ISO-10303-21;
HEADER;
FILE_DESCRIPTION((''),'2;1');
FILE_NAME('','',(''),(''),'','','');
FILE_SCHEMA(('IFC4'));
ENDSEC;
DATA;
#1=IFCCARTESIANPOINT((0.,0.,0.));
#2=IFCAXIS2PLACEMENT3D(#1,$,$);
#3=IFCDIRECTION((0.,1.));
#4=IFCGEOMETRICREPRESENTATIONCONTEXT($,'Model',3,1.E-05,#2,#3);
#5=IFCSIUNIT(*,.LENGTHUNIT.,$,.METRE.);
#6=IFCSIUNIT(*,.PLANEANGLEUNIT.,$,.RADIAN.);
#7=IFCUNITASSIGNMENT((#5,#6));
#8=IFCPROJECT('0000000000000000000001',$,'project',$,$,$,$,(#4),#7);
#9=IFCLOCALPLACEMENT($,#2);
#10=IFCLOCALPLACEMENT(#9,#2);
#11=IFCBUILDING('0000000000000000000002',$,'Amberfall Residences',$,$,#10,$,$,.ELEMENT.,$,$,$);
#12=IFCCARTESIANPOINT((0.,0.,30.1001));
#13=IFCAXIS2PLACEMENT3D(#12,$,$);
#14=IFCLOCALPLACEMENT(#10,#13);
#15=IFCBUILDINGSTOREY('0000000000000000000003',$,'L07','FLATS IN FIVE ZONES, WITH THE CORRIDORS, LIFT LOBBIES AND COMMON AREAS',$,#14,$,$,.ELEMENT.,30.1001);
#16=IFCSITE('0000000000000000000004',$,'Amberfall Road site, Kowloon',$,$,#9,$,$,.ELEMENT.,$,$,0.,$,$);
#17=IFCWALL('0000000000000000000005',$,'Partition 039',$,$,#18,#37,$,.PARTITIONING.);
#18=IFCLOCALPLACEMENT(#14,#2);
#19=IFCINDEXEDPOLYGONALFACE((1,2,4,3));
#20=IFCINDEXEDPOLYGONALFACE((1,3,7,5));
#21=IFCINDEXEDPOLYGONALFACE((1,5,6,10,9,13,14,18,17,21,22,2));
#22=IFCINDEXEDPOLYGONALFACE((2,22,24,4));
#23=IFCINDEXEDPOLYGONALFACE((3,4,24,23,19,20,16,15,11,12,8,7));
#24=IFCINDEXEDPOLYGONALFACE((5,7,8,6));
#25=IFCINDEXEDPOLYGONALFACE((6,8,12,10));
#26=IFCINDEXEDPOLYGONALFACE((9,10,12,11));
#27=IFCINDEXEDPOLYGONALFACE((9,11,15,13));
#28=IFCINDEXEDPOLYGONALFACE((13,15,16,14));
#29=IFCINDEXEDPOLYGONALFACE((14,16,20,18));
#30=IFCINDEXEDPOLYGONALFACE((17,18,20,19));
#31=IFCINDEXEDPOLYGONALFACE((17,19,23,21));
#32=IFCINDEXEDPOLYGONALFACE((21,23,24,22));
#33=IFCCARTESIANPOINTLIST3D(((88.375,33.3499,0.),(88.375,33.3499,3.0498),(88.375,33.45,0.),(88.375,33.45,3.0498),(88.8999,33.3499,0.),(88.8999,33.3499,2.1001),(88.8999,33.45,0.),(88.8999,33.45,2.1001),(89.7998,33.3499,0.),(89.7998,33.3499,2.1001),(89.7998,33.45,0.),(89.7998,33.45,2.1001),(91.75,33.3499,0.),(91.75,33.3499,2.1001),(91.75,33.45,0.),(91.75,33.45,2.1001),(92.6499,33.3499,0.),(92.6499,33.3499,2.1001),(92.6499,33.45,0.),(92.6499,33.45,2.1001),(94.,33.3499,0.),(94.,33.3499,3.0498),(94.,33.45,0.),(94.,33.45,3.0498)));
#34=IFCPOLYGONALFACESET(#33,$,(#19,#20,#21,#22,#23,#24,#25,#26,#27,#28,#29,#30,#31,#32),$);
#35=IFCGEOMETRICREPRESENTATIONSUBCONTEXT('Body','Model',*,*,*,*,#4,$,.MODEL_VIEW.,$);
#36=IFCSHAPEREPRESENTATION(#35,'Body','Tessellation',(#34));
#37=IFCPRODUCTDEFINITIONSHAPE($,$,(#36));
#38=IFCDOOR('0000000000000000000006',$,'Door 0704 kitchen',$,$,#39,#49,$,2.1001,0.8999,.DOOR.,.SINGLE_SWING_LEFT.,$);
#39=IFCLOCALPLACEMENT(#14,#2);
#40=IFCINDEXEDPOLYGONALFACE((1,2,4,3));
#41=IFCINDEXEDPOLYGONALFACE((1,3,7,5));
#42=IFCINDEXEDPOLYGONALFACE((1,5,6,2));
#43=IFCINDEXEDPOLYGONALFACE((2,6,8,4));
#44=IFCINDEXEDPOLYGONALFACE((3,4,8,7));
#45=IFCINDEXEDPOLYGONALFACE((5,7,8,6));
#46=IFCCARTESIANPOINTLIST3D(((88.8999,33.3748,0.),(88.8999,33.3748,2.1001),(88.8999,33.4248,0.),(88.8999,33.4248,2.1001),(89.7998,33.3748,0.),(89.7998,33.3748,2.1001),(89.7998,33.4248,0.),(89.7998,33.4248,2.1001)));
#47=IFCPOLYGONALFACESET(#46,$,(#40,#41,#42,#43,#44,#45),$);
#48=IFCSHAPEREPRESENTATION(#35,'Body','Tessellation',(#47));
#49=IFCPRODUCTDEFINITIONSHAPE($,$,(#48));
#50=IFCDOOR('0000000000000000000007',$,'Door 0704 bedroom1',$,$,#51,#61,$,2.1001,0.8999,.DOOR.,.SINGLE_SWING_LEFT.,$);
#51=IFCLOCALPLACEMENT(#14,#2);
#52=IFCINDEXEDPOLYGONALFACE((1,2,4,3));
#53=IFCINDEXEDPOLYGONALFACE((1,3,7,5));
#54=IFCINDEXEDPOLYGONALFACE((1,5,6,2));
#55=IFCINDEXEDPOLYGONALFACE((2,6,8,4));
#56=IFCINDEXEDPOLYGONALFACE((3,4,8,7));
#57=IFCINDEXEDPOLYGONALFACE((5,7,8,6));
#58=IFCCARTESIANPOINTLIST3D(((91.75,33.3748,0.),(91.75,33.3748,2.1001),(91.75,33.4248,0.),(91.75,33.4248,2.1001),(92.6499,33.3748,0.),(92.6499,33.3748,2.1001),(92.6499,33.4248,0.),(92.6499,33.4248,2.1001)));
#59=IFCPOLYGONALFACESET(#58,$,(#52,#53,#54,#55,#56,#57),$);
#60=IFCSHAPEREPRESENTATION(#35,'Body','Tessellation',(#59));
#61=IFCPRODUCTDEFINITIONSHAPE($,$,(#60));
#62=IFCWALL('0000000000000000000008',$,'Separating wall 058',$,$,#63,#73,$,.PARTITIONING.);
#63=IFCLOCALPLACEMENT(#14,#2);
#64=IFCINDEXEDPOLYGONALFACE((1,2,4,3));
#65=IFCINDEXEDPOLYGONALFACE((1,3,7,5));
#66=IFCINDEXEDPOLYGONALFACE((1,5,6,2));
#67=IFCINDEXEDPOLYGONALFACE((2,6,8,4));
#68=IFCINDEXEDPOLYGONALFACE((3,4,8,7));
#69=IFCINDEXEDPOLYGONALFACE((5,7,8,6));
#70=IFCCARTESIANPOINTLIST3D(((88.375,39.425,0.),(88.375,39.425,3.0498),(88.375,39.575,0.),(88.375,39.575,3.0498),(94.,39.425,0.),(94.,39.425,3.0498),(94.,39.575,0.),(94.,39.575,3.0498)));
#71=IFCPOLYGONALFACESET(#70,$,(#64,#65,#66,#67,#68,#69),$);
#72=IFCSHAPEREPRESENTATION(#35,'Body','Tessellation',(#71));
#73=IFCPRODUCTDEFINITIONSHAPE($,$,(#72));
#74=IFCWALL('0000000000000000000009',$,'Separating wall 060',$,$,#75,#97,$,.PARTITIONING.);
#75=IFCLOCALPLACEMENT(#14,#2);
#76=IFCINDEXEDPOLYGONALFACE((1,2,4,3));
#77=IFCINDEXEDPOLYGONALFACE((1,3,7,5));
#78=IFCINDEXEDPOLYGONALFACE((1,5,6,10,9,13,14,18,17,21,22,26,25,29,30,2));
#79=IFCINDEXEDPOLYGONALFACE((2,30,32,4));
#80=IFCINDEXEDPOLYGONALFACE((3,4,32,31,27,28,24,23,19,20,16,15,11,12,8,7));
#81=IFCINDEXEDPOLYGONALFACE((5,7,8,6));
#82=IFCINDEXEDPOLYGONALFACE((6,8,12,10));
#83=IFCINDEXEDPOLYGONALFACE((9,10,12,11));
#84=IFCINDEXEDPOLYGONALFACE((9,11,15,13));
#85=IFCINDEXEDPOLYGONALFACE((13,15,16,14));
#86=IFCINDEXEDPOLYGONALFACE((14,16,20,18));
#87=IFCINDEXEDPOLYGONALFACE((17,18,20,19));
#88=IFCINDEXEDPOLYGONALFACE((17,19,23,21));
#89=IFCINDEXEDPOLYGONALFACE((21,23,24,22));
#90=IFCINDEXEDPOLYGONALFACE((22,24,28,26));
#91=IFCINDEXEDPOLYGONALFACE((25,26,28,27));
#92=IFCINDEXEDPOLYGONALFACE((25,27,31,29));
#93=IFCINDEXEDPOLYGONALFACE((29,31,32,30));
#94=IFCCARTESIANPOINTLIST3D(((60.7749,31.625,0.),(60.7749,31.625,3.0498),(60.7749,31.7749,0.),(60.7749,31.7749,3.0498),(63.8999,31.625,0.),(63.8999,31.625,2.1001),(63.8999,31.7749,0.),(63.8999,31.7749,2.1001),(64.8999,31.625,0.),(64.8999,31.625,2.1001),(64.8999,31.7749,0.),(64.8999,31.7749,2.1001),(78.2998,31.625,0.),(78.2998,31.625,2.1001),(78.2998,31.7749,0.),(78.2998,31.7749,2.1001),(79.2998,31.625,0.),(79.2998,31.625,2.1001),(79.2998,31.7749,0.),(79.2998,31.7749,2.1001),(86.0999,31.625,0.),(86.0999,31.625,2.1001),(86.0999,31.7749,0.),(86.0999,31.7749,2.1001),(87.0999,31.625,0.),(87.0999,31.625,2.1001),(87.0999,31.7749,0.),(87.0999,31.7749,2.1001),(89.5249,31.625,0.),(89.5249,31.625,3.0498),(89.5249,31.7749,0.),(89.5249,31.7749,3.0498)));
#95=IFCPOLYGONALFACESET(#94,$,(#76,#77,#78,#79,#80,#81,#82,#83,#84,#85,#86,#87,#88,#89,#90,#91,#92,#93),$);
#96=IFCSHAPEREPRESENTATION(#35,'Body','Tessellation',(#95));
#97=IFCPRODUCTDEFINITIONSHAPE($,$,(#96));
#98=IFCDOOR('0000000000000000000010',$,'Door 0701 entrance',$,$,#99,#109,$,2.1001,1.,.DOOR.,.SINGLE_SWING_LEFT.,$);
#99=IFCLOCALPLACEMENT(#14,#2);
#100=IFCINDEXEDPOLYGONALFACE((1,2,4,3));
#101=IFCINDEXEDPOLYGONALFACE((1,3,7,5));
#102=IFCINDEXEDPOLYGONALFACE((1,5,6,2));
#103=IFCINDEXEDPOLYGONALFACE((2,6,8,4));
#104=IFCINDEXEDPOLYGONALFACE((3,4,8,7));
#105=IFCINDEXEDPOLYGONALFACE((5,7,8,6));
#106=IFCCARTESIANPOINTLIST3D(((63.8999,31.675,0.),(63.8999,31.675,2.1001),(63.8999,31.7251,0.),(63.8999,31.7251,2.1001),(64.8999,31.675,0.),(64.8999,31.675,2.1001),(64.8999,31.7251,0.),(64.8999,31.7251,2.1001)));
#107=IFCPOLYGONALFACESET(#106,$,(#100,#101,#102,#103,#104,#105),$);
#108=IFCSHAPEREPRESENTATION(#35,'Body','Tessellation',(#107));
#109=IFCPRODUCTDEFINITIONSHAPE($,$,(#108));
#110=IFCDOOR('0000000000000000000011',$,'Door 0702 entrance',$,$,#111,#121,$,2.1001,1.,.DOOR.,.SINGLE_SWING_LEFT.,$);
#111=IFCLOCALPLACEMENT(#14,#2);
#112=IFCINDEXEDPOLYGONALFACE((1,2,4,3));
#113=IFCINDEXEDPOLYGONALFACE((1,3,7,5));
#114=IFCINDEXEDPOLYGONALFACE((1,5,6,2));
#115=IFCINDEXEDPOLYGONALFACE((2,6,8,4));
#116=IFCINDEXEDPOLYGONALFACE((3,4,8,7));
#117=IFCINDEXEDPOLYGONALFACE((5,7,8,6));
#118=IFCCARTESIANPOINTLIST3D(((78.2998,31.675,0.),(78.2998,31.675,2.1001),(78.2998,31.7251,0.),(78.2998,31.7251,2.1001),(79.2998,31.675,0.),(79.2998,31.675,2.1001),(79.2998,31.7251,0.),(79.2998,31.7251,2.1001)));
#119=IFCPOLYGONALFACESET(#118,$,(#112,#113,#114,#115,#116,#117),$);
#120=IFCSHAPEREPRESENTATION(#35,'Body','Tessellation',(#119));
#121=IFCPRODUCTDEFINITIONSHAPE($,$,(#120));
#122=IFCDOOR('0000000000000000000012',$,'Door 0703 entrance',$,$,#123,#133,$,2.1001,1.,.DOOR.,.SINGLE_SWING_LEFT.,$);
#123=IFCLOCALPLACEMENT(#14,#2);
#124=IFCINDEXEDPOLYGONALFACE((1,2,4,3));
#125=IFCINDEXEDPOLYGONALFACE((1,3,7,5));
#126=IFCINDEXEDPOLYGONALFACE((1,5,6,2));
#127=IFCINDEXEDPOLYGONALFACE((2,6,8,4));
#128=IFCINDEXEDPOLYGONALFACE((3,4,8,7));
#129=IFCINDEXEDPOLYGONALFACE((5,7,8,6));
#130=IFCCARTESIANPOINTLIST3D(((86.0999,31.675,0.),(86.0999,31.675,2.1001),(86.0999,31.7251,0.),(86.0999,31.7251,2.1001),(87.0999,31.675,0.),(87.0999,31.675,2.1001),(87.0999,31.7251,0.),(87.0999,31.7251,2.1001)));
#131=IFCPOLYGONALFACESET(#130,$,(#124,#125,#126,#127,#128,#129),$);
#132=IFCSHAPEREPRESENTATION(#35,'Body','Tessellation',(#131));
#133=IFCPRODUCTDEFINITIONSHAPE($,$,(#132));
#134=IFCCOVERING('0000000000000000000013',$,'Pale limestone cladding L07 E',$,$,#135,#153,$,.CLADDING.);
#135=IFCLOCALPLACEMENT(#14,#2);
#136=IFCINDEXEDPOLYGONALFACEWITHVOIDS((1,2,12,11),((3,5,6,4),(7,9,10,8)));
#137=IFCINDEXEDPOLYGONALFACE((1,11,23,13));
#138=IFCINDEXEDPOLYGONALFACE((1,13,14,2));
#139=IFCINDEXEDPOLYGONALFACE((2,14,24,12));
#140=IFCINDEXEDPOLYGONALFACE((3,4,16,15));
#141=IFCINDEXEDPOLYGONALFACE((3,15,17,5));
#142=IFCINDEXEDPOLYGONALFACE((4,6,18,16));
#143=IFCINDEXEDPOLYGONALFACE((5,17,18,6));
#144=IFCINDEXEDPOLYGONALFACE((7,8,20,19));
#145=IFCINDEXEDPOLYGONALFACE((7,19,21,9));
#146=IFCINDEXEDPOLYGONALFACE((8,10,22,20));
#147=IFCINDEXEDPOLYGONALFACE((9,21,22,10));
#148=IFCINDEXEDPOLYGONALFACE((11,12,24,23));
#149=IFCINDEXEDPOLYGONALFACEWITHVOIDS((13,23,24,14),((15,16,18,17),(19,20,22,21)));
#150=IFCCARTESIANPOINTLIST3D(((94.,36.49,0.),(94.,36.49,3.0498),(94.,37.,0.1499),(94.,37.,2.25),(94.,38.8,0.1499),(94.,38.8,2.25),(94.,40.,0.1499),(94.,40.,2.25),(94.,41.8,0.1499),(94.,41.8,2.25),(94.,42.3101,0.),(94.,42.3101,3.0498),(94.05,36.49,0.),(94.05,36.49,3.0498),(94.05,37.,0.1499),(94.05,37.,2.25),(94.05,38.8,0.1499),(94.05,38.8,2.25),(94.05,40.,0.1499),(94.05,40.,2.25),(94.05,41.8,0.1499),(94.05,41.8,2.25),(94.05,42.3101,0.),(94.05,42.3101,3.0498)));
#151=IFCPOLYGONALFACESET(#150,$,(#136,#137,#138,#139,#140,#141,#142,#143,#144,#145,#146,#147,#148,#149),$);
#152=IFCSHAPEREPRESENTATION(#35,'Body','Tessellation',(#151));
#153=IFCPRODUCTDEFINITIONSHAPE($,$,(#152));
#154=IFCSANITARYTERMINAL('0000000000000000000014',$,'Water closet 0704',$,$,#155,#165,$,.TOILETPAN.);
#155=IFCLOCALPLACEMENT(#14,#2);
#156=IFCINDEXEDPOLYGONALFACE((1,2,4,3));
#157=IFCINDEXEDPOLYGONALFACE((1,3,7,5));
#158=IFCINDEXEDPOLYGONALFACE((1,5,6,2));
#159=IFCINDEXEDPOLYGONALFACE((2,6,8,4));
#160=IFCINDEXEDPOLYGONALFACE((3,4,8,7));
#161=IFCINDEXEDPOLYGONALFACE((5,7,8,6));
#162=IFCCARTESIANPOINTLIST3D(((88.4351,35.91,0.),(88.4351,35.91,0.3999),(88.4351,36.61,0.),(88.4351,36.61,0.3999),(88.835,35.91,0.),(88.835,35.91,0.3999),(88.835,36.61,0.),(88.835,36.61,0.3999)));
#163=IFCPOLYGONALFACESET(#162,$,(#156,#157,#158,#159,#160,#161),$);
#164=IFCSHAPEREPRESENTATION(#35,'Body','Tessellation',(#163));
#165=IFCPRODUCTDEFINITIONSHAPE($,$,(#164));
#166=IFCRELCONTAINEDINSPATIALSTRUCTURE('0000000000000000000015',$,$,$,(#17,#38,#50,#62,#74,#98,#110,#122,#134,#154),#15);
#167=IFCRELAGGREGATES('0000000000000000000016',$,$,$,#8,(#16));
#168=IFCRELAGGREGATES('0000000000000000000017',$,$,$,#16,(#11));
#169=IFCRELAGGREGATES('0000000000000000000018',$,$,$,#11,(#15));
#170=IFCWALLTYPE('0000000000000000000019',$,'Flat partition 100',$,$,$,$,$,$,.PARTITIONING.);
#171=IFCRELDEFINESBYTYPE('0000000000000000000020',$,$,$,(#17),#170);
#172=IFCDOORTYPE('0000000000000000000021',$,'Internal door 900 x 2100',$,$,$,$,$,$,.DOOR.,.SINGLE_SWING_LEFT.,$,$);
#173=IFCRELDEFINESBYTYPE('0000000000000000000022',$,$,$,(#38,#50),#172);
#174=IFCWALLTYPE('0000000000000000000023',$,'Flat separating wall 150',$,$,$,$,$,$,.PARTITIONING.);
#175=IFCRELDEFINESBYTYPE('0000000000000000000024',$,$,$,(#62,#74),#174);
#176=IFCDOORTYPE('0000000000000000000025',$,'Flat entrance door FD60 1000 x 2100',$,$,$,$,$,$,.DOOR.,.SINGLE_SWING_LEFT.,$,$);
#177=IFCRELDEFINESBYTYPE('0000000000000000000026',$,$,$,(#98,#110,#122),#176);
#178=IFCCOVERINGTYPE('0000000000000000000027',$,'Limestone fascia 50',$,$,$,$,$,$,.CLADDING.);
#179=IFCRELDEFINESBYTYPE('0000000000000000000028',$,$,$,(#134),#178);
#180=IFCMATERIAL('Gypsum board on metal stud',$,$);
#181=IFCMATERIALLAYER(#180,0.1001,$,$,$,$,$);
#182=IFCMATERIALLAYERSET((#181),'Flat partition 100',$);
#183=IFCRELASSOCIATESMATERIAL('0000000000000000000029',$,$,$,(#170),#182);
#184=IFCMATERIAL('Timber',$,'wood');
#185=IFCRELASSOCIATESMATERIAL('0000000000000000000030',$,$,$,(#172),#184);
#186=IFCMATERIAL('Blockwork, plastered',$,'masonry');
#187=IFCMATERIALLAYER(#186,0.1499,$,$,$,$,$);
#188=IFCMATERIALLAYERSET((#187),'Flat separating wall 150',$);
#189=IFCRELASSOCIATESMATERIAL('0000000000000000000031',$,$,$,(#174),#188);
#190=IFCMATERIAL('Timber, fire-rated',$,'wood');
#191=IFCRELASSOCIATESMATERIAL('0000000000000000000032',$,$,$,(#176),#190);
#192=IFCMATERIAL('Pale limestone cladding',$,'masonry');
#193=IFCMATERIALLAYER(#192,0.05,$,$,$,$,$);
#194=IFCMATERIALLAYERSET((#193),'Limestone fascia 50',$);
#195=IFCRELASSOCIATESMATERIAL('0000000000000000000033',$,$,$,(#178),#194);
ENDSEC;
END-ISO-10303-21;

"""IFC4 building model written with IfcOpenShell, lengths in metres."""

from ifc_helpers import new_model, si_unit, direction, frame, frame_2d, origin, origin_2d, place, context, subcontext, project, spatial, polyline, rectangle, outline, extrude, material, layer, layer_set, type_object, element, fill, save


model = new_model("IFC4")

# Units and contexts
model_context = context("Model", 3, precision=1e-05, world=origin(), true_north=direction((0.0, 1.0)))
body_context = subcontext(model_context, "Body", "Model", "MODEL_VIEW")
ifc_project = project(units=[si_unit("LENGTHUNIT", "METRE"), si_unit("PLANEANGLEUNIT", "RADIAN")], contexts=[model_context])

# Site, building, storey
site_placement = place(None, origin())
site = spatial("IfcSite", under=ifc_project, at=site_placement, Name="Amberfall Road site, Kowloon", CompositionType="ELEMENT", RefElevation=0.0)
building_placement = place(site_placement, origin())
building = spatial("IfcBuilding", under=site, at=building_placement, Name="Amberfall Residences", CompositionType="ELEMENT")
storey_placement = place(building_placement, frame((0.0, 0.0, 30.1001)))
storey = spatial("IfcBuildingStorey", under=building, at=storey_placement, Name="L07", Description="FLATS IN FIVE ZONES, WITH THE CORRIDORS, LIFT LOBBIES AND COMMON AREAS", CompositionType="ELEMENT", Elevation=30.1001)

# Shared definitions
ifc_material_1 = material(Name="Gypsum board on metal stud")
ifc_layer_1 = layer(ifc_material_1, 0.1001)
ifc_layer_set_1 = layer_set([ifc_layer_1], Name="Flat partition 100")
wall_type_1 = type_object("IfcWallType", Name="Flat partition 100", PredefinedType="PARTITIONING", material=ifc_layer_set_1)
ifc_material_2 = material(Name="Timber", Category="wood")
door_type_1 = type_object("IfcDoorType", Name="Internal door 900 x 2100", OperationType="SINGLE_SWING_LEFT", PredefinedType="DOOR", material=ifc_material_2)

# Wall, openings, doors
wall_1_placement = place(storey_placement, frame((88.375, 33.3999, 0.0), z_axis=(0.0, 0.0, 1.0), x_axis=(1.0, 0.0, 0.0)))
wall_1 = element("IfcWall", 1, at=wall_1_placement, inside=storey, type_object=wall_type_1, Name="Partition 039", PredefinedType="PARTITIONING", context=body_context, shape_type="SweptSolid", body=[
    extrude(rectangle(XDim=5.625, YDim=0.1001, at=frame_2d((2.8125, 0.0))), origin(), (0.0, 0.0, 1.0), 3.0498),
])
opening_1_placement = place(wall_1_placement, frame((0.5249, 0.0, 0.0)))
opening_1 = element("IfcOpeningElement", 2, at=opening_1_placement, cuts=wall_1, PredefinedType="OPENING", context=body_context, shape_type="SweptSolid", body=[
    extrude(rectangle(XDim=0.8999, YDim=2.1001, at=frame_2d((0.45, 1.05))), frame((0.0, 0.0601, 0.0), z_axis=(0.0, -1.0, 0.0), x_axis=(1.0, 0.0, 0.0)), (0.0, 0.0, 1.0), 0.1201),
])
opening_2_placement = place(wall_1_placement, frame((3.375, 0.0, 0.0)))
opening_2 = element("IfcOpeningElement", 3, at=opening_2_placement, cuts=wall_1, PredefinedType="OPENING", context=body_context, shape_type="SweptSolid", body=[
    extrude(rectangle(XDim=0.8999, YDim=2.1001, at=frame_2d((0.45, 1.05))), frame((0.0, 0.0601, 0.0), z_axis=(0.0, -1.0, 0.0), x_axis=(1.0, 0.0, 0.0)), (0.0, 0.0, 1.0), 0.1201),
])
door_1_placement = place(opening_1_placement, origin())
door_1 = element("IfcDoor", 4, at=door_1_placement, inside=storey, type_object=door_type_1, Name="Door 0704 kitchen", OperationType="SINGLE_SWING_LEFT", OverallHeight=2.1001, OverallWidth=0.8999, PredefinedType="DOOR", context=body_context, shape_type="SweptSolid", body=[
    extrude(rectangle(XDim=0.8999, YDim=2.1001, at=frame_2d((0.45, 1.05))), frame((0.0, 0.0249, 0.0), z_axis=(0.0, -1.0, 0.0), x_axis=(1.0, 0.0, 0.0)), (0.0, 0.0, 1.0), 0.05),
])
fill(opening_1, door_1)
door_2_placement = place(opening_2_placement, origin())
door_2 = element("IfcDoor", 5, at=door_2_placement, inside=storey, type_object=door_type_1, Name="Door 0704 bedroom1", OperationType="SINGLE_SWING_LEFT", OverallHeight=2.1001, OverallWidth=0.8999, PredefinedType="DOOR", context=body_context, shape_type="SweptSolid", body=[
    extrude(rectangle(XDim=0.8999, YDim=2.1001, at=frame_2d((0.45, 1.05))), frame((0.0, 0.0249, 0.0), z_axis=(0.0, -1.0, 0.0), x_axis=(1.0, 0.0, 0.0)), (0.0, 0.0, 1.0), 0.05),
])
fill(opening_2, door_2)

# Wall
ifc_material_3 = material(Name="Blockwork, plastered", Category="masonry")
ifc_layer_2 = layer(ifc_material_3, 0.1499)
ifc_layer_set_2 = layer_set([ifc_layer_2], Name="Flat separating wall 150")
wall_type_2 = type_object("IfcWallType", Name="Flat separating wall 150", PredefinedType="PARTITIONING", material=ifc_layer_set_2)
wall_2_placement = place(storey_placement, frame((88.375, 39.5, 0.0), z_axis=(0.0, 0.0, 1.0), x_axis=(1.0, 0.0, 0.0)))
element("IfcWall", 6, at=wall_2_placement, inside=storey, type_object=wall_type_2, Name="Separating wall 058", PredefinedType="PARTITIONING", context=body_context, shape_type="SweptSolid", body=[
    extrude(rectangle(XDim=5.625, YDim=0.1499, at=frame_2d((2.8125, 0.0))), origin(), (0.0, 0.0, 1.0), 3.0498),
])

# Wall, openings, doors
wall_3_placement = place(storey_placement, frame((89.5249, 31.7, 0.0), z_axis=(0.0, 0.0, 1.0), x_axis=(-1.0, 0.0, 0.0)))
wall_3 = element("IfcWall", 7, at=wall_3_placement, inside=storey, type_object=wall_type_2, Name="Separating wall 060", PredefinedType="PARTITIONING", context=body_context, shape_type="SweptSolid", body=[
    extrude(rectangle(XDim=28.75, YDim=0.1499, at=frame_2d((14.375, 0.0))), origin(), (0.0, 0.0, 1.0), 3.0498),
])
opening_3_placement = place(wall_3_placement, frame((24.625, 0.0, 0.0)))
opening_3 = element("IfcOpeningElement", 8, at=opening_3_placement, cuts=wall_3, PredefinedType="OPENING", context=body_context, shape_type="SweptSolid", body=[
    extrude(rectangle(XDim=1.0, YDim=2.1001, at=frame_2d((0.5, 1.05))), frame((0.0, 0.085, 0.0), z_axis=(0.0, -1.0, 0.0), x_axis=(1.0, 0.0, 0.0)), (0.0, 0.0, 1.0), 0.1699),
])
opening_4_placement = place(wall_3_placement, frame((10.2251, 0.0, 0.0)))
opening_4 = element("IfcOpeningElement", 9, at=opening_4_placement, cuts=wall_3, PredefinedType="OPENING", context=body_context, shape_type="SweptSolid", body=[
    extrude(rectangle(XDim=1.0, YDim=2.1001, at=frame_2d((0.5, 1.05))), frame((0.0, 0.085, 0.0), z_axis=(0.0, -1.0, 0.0), x_axis=(1.0, 0.0, 0.0)), (0.0, 0.0, 1.0), 0.1699),
])
opening_5_placement = place(wall_3_placement, frame((2.425, 0.0, 0.0)))
opening_5 = element("IfcOpeningElement", 10, at=opening_5_placement, cuts=wall_3, PredefinedType="OPENING", context=body_context, shape_type="SweptSolid", body=[
    extrude(rectangle(XDim=1.0, YDim=2.1001, at=frame_2d((0.5, 1.05))), frame((0.0, 0.085, 0.0), z_axis=(0.0, -1.0, 0.0), x_axis=(1.0, 0.0, 0.0)), (0.0, 0.0, 1.0), 0.1699),
])
ifc_material_4 = material(Name="Timber, fire-rated", Category="wood")
door_type_2 = type_object("IfcDoorType", Name="Flat entrance door FD60 1000 x 2100", OperationType="SINGLE_SWING_LEFT", PredefinedType="DOOR", material=ifc_material_4)
door_3_placement = place(opening_3_placement, origin())
door_3 = element("IfcDoor", 11, at=door_3_placement, inside=storey, type_object=door_type_2, Name="Door 0701 entrance", OperationType="SINGLE_SWING_LEFT", OverallHeight=2.1001, OverallWidth=1.0, PredefinedType="DOOR", context=body_context, shape_type="SweptSolid", body=[
    extrude(rectangle(XDim=1.0, YDim=2.1001, at=frame_2d((0.5, 1.05))), frame((0.0, 0.0249, 0.0), z_axis=(0.0, -1.0, 0.0), x_axis=(1.0, 0.0, 0.0)), (0.0, 0.0, 1.0), 0.05),
])
fill(opening_3, door_3)
door_4_placement = place(opening_4_placement, origin())
door_4 = element("IfcDoor", 12, at=door_4_placement, inside=storey, type_object=door_type_2, Name="Door 0702 entrance", OperationType="SINGLE_SWING_LEFT", OverallHeight=2.1001, OverallWidth=1.0, PredefinedType="DOOR", context=body_context, shape_type="SweptSolid", body=[
    extrude(rectangle(XDim=1.0, YDim=2.1001, at=frame_2d((0.5, 1.05))), frame((0.0, 0.0249, 0.0), z_axis=(0.0, -1.0, 0.0), x_axis=(1.0, 0.0, 0.0)), (0.0, 0.0, 1.0), 0.05),
])
fill(opening_4, door_4)
door_5_placement = place(opening_5_placement, origin())
door_5 = element("IfcDoor", 13, at=door_5_placement, inside=storey, type_object=door_type_2, Name="Door 0703 entrance", OperationType="SINGLE_SWING_LEFT", OverallHeight=2.1001, OverallWidth=1.0, PredefinedType="DOOR", context=body_context, shape_type="SweptSolid", body=[
    extrude(rectangle(XDim=1.0, YDim=2.1001, at=frame_2d((0.5, 1.05))), frame((0.0, 0.0249, 0.0), z_axis=(0.0, -1.0, 0.0), x_axis=(1.0, 0.0, 0.0)), (0.0, 0.0, 1.0), 0.05),
])
fill(opening_5, door_5)

# Covering
ifc_material_5 = material(Name="Pale limestone cladding", Category="masonry")
ifc_layer_3 = layer(ifc_material_5, 0.05)
ifc_layer_set_3 = layer_set([ifc_layer_3], Name="Limestone fascia 50")
covering_type = type_object("IfcCoveringType", Name="Limestone fascia 50", PredefinedType="CLADDING", material=ifc_layer_set_3)
covering_placement = place(storey_placement, frame((94.0, 36.49, 3.0498), z_axis=(-1.0, 0.0, 0.0), x_axis=(0.0, 1.0, 0.0)))
element("IfcCovering", 14, at=covering_placement, inside=storey, type_object=covering_type, Name="Pale limestone cladding L07 E", PredefinedType="CLADDING", context=body_context, shape_type="SweptSolid", body=[
    extrude(outline(polyline([(0.0, 0.0), (5.8201, 0.0), (5.8201, 3.0498), (0.0, 3.0498), (0.0, 0.0)]), holes=[polyline([(0.51, 0.7998), (2.3101, 0.7998), (2.3101, 2.8999), (0.51, 2.8999), (0.51, 0.7998)]), polyline([(3.51, 0.7998), (5.3101, 0.7998), (5.3101, 2.8999), (3.51, 2.8999), (3.51, 0.7998)])]), origin(), (0.0, 0.0, -1.0), 0.05),
])

# Sanitary terminal
sanitary_terminal_1_placement = place(storey_placement, frame((88.635, 36.26, 0.0), z_axis=(0.0, 0.0, 1.0), x_axis=(1.0, 0.0, 0.0)))
element("IfcSanitaryTerminal", 15, at=sanitary_terminal_1_placement, inside=storey, Name="Water closet 0704", PredefinedType="TOILETPAN", context=body_context, shape_type="SweptSolid", body=[
    extrude(rectangle(XDim=0.3999, YDim=0.7, at=origin_2d()), origin(), (0.0, 0.0, 1.0), 0.3999),
])

save(model, "model.ifc")
